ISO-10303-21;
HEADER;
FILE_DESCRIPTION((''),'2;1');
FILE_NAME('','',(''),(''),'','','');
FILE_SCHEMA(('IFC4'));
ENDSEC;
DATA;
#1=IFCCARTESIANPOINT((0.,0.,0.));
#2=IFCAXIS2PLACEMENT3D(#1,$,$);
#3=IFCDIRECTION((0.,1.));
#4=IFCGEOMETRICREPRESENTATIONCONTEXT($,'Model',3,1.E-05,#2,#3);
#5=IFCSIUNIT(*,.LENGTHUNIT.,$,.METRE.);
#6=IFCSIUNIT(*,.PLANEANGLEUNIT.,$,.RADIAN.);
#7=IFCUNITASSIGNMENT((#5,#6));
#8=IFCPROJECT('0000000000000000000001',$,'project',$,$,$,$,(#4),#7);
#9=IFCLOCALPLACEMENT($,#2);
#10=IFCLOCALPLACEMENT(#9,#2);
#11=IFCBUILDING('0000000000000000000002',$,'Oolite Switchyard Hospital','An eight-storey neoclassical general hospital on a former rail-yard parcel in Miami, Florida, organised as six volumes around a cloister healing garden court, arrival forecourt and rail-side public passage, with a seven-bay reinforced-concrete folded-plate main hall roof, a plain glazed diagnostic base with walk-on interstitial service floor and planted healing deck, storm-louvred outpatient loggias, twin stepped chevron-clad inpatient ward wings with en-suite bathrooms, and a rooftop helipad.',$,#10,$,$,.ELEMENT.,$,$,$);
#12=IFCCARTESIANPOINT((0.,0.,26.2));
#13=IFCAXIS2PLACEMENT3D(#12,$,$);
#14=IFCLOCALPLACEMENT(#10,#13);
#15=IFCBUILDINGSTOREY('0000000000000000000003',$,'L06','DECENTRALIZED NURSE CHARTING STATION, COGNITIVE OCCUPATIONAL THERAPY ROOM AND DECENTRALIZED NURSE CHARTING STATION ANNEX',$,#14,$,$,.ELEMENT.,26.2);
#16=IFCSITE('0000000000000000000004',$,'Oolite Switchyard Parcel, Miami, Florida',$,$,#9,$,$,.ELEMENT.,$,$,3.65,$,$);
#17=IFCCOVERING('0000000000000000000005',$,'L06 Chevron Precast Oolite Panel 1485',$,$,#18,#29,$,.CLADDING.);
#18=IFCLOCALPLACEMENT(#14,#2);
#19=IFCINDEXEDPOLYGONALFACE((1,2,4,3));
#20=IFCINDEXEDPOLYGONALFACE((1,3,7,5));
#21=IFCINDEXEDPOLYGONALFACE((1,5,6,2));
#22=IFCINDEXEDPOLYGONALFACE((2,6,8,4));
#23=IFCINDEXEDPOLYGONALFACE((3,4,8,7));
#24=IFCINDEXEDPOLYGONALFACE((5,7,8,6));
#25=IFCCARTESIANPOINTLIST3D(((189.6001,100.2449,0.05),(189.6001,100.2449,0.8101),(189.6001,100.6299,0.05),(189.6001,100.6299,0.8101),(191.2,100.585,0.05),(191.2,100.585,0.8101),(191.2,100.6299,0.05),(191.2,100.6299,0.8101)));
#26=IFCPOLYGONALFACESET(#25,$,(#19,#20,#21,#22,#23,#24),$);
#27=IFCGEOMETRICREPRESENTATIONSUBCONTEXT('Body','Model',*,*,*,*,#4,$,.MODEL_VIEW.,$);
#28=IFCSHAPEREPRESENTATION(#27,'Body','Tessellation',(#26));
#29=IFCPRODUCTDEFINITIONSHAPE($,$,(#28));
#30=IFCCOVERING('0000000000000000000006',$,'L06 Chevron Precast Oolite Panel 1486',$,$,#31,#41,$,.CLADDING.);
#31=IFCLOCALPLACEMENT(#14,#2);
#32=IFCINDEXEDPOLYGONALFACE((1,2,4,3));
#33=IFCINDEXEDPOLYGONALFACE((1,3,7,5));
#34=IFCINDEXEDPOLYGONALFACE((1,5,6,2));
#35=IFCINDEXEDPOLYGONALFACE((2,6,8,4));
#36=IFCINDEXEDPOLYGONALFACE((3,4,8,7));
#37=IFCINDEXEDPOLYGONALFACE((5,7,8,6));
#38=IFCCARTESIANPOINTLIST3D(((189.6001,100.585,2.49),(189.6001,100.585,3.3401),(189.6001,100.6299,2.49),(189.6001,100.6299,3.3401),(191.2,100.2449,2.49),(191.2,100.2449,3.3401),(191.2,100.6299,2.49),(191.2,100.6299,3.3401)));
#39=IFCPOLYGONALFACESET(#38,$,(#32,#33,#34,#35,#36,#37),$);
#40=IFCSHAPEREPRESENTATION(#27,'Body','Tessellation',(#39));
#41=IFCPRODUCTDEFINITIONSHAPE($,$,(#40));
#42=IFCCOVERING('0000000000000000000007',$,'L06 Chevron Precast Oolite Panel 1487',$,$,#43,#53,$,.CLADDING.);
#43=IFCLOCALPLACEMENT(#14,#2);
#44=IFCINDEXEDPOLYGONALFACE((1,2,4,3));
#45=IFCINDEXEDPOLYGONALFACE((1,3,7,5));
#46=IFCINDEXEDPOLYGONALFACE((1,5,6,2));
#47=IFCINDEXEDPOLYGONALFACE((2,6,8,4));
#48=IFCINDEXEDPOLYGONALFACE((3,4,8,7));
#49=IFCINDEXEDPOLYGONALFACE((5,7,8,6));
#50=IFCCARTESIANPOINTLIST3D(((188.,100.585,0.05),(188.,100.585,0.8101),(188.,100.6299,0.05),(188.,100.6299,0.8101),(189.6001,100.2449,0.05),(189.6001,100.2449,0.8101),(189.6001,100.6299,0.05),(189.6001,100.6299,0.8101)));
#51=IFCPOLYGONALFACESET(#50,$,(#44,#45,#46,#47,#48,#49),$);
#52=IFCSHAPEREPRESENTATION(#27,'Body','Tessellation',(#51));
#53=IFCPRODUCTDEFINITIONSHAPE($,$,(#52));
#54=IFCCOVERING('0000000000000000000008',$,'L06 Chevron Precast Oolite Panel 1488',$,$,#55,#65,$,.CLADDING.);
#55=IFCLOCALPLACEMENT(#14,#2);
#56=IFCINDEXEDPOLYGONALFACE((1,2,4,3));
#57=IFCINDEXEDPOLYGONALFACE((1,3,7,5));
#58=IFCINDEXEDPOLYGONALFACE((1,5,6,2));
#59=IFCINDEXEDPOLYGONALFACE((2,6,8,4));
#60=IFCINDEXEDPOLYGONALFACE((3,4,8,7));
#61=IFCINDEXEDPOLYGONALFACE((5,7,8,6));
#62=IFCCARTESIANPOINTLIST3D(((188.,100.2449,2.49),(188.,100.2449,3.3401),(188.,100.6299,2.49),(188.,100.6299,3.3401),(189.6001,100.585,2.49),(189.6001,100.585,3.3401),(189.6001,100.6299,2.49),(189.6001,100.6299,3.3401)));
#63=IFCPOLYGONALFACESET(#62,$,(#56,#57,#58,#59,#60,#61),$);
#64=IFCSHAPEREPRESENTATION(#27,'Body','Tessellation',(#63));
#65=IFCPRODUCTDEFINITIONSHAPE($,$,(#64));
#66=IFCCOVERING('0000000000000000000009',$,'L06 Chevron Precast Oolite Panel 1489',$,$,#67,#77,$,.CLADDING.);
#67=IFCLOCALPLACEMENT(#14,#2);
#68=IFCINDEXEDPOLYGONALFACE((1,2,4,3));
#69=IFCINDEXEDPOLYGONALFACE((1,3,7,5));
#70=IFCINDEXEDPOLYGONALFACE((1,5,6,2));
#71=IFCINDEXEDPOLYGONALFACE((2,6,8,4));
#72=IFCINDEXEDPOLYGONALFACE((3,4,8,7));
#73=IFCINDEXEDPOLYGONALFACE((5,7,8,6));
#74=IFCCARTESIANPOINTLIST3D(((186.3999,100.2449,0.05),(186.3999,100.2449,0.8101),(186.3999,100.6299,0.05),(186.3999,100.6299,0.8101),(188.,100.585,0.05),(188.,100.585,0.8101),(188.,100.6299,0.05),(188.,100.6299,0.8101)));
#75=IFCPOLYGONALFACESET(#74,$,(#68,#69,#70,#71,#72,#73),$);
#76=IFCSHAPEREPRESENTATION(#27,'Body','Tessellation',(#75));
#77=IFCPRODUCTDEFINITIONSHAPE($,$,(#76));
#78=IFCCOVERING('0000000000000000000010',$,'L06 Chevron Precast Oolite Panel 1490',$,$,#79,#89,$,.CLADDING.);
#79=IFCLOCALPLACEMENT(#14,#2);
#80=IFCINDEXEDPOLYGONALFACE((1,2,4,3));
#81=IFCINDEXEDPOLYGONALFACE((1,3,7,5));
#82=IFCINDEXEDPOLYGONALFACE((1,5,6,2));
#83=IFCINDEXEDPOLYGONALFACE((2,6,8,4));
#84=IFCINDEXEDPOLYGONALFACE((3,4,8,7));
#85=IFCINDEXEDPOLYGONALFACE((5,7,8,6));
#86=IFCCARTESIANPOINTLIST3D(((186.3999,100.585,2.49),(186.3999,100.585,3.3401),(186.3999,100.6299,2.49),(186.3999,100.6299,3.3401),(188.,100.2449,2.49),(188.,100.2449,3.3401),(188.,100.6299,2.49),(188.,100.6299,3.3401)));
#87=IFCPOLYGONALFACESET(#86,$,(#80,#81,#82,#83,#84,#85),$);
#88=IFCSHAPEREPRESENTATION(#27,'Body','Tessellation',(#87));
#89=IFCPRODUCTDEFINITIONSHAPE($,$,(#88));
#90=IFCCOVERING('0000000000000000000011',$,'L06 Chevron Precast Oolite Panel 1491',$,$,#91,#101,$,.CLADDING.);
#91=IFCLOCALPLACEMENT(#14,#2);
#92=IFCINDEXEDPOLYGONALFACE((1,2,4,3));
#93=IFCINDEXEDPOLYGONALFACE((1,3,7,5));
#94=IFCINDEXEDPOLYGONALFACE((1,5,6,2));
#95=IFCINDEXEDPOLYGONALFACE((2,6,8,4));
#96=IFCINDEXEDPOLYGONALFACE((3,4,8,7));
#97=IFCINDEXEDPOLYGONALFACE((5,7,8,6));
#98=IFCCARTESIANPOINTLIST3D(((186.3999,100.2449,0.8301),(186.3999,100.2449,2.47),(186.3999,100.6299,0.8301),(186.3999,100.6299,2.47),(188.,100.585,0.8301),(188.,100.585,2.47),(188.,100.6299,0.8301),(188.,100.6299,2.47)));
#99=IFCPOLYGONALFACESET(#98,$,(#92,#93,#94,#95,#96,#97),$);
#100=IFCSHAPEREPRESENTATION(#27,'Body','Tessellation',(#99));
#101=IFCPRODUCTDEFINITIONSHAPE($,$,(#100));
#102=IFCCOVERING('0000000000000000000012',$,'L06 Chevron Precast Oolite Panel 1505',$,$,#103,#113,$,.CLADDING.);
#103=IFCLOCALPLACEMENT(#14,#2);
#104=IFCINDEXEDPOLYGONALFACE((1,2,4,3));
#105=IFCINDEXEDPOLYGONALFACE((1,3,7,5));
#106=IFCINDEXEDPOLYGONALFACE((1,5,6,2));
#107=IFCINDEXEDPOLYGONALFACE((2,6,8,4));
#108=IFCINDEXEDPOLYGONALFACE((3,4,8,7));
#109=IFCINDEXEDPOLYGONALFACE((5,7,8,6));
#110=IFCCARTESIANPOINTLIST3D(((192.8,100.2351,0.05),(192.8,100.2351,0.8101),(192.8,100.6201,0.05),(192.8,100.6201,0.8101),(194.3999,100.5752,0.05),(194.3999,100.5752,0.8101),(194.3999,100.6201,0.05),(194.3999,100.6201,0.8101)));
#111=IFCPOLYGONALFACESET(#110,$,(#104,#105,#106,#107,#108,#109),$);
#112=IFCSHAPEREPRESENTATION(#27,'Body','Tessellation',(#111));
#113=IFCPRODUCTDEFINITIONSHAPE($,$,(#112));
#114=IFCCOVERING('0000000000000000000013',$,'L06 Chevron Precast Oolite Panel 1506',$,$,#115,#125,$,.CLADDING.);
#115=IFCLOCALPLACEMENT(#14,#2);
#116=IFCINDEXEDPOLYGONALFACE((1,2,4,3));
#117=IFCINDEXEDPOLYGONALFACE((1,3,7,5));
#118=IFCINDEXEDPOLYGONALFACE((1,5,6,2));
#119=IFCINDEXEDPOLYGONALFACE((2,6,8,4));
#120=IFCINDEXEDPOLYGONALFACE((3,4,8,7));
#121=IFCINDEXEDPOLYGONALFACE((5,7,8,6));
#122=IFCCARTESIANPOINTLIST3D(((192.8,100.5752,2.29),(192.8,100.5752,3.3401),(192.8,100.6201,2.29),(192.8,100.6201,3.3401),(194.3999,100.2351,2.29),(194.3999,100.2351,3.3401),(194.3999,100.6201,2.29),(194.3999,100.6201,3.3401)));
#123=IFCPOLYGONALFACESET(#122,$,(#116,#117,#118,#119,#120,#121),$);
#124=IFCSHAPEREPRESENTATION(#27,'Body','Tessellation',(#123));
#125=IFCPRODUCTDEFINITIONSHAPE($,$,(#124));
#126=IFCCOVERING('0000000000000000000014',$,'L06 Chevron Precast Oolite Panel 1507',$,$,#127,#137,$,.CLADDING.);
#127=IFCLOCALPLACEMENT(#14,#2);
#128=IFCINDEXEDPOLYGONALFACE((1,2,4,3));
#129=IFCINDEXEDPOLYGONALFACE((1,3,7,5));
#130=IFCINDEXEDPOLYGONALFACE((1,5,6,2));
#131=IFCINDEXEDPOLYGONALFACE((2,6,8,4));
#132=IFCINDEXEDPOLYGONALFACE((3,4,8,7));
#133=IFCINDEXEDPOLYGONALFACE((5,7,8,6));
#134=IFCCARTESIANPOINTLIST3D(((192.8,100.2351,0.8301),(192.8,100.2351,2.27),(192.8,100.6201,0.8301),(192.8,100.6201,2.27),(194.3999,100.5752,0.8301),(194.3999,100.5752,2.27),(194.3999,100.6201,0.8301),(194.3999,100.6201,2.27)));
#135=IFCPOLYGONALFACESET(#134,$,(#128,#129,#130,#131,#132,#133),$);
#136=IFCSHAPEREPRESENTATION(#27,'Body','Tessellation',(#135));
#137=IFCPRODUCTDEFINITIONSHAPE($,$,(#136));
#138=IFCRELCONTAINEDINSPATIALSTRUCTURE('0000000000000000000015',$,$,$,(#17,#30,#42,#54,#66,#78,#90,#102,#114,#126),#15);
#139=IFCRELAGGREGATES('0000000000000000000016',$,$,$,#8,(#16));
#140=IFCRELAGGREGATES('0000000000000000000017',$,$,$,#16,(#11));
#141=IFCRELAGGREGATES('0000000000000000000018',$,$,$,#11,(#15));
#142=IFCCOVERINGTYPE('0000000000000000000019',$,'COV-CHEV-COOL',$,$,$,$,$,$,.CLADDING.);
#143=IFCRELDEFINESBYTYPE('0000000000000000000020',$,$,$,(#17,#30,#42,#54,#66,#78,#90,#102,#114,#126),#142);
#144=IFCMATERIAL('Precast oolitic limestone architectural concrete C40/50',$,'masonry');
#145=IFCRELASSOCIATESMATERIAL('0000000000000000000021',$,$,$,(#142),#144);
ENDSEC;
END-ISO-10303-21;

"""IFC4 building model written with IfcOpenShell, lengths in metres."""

from ifc_helpers import new_model, si_unit, direction, frame, origin, place, context, subcontext, project, spatial, polyline, outline, extrude, material, type_object, element, save


model = new_model("IFC4")

# Units and contexts
model_context = context("Model", 3, precision=1e-05, world=origin(), true_north=direction((0.0, 1.0)))
body_context = subcontext(model_context, "Body", "Model", "MODEL_VIEW")
ifc_project = project(units=[si_unit("LENGTHUNIT", "METRE"), si_unit("PLANEANGLEUNIT", "RADIAN")], contexts=[model_context])

# Site, building, storey
site_placement = place(None, origin())
site = spatial("IfcSite", under=ifc_project, at=site_placement, Name="Oolite Switchyard Parcel, Miami, Florida", CompositionType="ELEMENT", RefElevation=3.65)
building_placement = place(site_placement, origin())
building = spatial("IfcBuilding", under=site, at=building_placement, Name="Oolite Switchyard Hospital", Description="An eight-storey neoclassical general hospital on a former rail-yard parcel in Miami, Florida, organised as six volumes around a cloister healing garden court, arrival forecourt and rail-side public passage, with a seven-bay reinforced-concrete folded-plate main hall roof, a plain glazed diagnostic base with walk-on interstitial service floor and planted healing deck, storm-louvred outpatient loggias, twin stepped chevron-clad inpatient ward wings with en-suite bathrooms, and a rooftop helipad.", CompositionType="ELEMENT")
storey_placement = place(building_placement, frame((0.0, 0.0, 26.2)))
storey = spatial("IfcBuildingStorey", under=building, at=storey_placement, Name="L06", Description="DECENTRALIZED NURSE CHARTING STATION, COGNITIVE OCCUPATIONAL THERAPY ROOM AND DECENTRALIZED NURSE CHARTING STATION ANNEX", CompositionType="ELEMENT", Elevation=26.2)

# Shared definitions
ifc_material_1 = material(Name="Precast oolitic limestone architectural concrete C40/50", Category="masonry")

# Coverings
covering_type = type_object("IfcCoveringType", Name="COV-CHEV-COOL", PredefinedType="CLADDING", material=ifc_material_1)
covering_1_placement = place(storey_placement, frame((191.2, 100.6299, 0.05), z_axis=(0.0, 0.0, 1.0), x_axis=(-1.0, 0.0, 0.0)))
element("IfcCovering", 1, at=covering_1_placement, inside=storey, type_object=covering_type, Name="L06 Chevron Precast Oolite Panel 1485", PredefinedType="CLADDING", context=body_context, shape_type="SweptSolid", body=[
    extrude(outline(polyline([(0.0, 0.0), (1.5999, 0.0), (1.5999, 0.385), (0.0, 0.0449), (0.0, 0.0)])), origin(), (0.0, 0.0, 1.0), 0.76),
])
covering_2_placement = place(storey_placement, frame((191.2, 100.6299, 2.49), z_axis=(0.0, 0.0, 1.0), x_axis=(-1.0, 0.0, 0.0)))
element("IfcCovering", 2, at=covering_2_placement, inside=storey, type_object=covering_type, Name="L06 Chevron Precast Oolite Panel 1486", PredefinedType="CLADDING", context=body_context, shape_type="SweptSolid", body=[
    extrude(outline(polyline([(0.0, 0.0), (1.5999, 0.0), (1.5999, 0.0449), (0.0, 0.385), (0.0, 0.0)])), origin(), (0.0, 0.0, 1.0), 0.8501),
])
covering_3_placement = place(storey_placement, frame((189.6001, 100.6299, 0.05), z_axis=(0.0, 0.0, 1.0), x_axis=(-1.0, 0.0, 0.0)))
element("IfcCovering", 3, at=covering_3_placement, inside=storey, type_object=covering_type, Name="L06 Chevron Precast Oolite Panel 1487", PredefinedType="CLADDING", context=body_context, shape_type="SweptSolid", body=[
    extrude(outline(polyline([(0.0, 0.0), (1.6001, 0.0), (1.6001, 0.0449), (0.0, 0.385), (0.0, 0.0)])), origin(), (0.0, 0.0, 1.0), 0.76),
])
covering_4_placement = place(storey_placement, frame((189.6001, 100.6299, 2.49), z_axis=(0.0, 0.0, 1.0), x_axis=(-1.0, 0.0, 0.0)))
element("IfcCovering", 4, at=covering_4_placement, inside=storey, type_object=covering_type, Name="L06 Chevron Precast Oolite Panel 1488", PredefinedType="CLADDING", context=body_context, shape_type="SweptSolid", body=[
    extrude(outline(polyline([(0.0, 0.0), (1.6001, 0.0), (1.6001, 0.385), (0.0, 0.0449), (0.0, 0.0)])), origin(), (0.0, 0.0, 1.0), 0.8501),
])
covering_5_placement = place(storey_placement, frame((188.0, 100.6299, 0.05), z_axis=(0.0, 0.0, 1.0), x_axis=(-1.0, 0.0, 0.0)))
element("IfcCovering", 5, at=covering_5_placement, inside=storey, type_object=covering_type, Name="L06 Chevron Precast Oolite Panel 1489", PredefinedType="CLADDING", context=body_context, shape_type="SweptSolid", body=[
    extrude(outline(polyline([(0.0, 0.0), (1.6001, 0.0), (1.6001, 0.385), (0.0, 0.0449), (0.0, 0.0)])), origin(), (0.0, 0.0, 1.0), 0.76),
])
covering_6_placement = place(storey_placement, frame((188.0, 100.6299, 2.49), z_axis=(0.0, 0.0, 1.0), x_axis=(-1.0, 0.0, 0.0)))
element("IfcCovering", 6, at=covering_6_placement, inside=storey, type_object=covering_type, Name="L06 Chevron Precast Oolite Panel 1490", PredefinedType="CLADDING", context=body_context, shape_type="SweptSolid", body=[
    extrude(outline(polyline([(0.0, 0.0), (1.6001, 0.0), (1.6001, 0.0449), (0.0, 0.385), (0.0, 0.0)])), origin(), (0.0, 0.0, 1.0), 0.8501),
])
covering_7_placement = place(storey_placement, frame((188.0, 100.6299, 0.8301), z_axis=(0.0, 0.0, 1.0), x_axis=(-1.0, 0.0, 0.0)))
element("IfcCovering", 7, at=covering_7_placement, inside=storey, type_object=covering_type, Name="L06 Chevron Precast Oolite Panel 1491", PredefinedType="CLADDING", context=body_context, shape_type="SweptSolid", body=[
    extrude(outline(polyline([(0.0, 0.0), (1.6001, 0.0), (1.6001, 0.385), (0.0, 0.0449), (0.0, 0.0)])), origin(), (0.0, 0.0, 1.0), 1.6399),
])
covering_8_placement = place(storey_placement, frame((194.3999, 100.6201, 0.05), z_axis=(0.0, 0.0, 1.0), x_axis=(-1.0, 0.0, 0.0)))
element("IfcCovering", 8, at=covering_8_placement, inside=storey, type_object=covering_type, Name="L06 Chevron Precast Oolite Panel 1505", PredefinedType="CLADDING", context=body_context, shape_type="SweptSolid", body=[
    extrude(outline(polyline([(0.0, 0.0), (1.5999, 0.0), (1.5999, 0.385), (0.0, 0.0449), (0.0, 0.0)])), origin(), (0.0, 0.0, 1.0), 0.76),
])
covering_9_placement = place(storey_placement, frame((194.3999, 100.6201, 2.29), z_axis=(0.0, 0.0, 1.0), x_axis=(-1.0, 0.0, 0.0)))
element("IfcCovering", 9, at=covering_9_placement, inside=storey, type_object=covering_type, Name="L06 Chevron Precast Oolite Panel 1506", PredefinedType="CLADDING", context=body_context, shape_type="SweptSolid", body=[
    extrude(outline(polyline([(0.0, 0.0), (1.5999, 0.0), (1.5999, 0.0449), (0.0, 0.385), (0.0, 0.0)])), origin(), (0.0, 0.0, 1.0), 1.05),
])
covering_10_placement = place(storey_placement, frame((194.3999, 100.6201, 0.8301), z_axis=(0.0, 0.0, 1.0), x_axis=(-1.0, 0.0, 0.0)))
element("IfcCovering", 10, at=covering_10_placement, inside=storey, type_object=covering_type, Name="L06 Chevron Precast Oolite Panel 1507", PredefinedType="CLADDING", context=body_context, shape_type="SweptSolid", body=[
    extrude(outline(polyline([(0.0, 0.0), (1.5999, 0.0), (1.5999, 0.385), (0.0, 0.0449), (0.0, 0.0)])), origin(), (0.0, 0.0, 1.0), 1.4399),
])

save(model, "model.ifc")
